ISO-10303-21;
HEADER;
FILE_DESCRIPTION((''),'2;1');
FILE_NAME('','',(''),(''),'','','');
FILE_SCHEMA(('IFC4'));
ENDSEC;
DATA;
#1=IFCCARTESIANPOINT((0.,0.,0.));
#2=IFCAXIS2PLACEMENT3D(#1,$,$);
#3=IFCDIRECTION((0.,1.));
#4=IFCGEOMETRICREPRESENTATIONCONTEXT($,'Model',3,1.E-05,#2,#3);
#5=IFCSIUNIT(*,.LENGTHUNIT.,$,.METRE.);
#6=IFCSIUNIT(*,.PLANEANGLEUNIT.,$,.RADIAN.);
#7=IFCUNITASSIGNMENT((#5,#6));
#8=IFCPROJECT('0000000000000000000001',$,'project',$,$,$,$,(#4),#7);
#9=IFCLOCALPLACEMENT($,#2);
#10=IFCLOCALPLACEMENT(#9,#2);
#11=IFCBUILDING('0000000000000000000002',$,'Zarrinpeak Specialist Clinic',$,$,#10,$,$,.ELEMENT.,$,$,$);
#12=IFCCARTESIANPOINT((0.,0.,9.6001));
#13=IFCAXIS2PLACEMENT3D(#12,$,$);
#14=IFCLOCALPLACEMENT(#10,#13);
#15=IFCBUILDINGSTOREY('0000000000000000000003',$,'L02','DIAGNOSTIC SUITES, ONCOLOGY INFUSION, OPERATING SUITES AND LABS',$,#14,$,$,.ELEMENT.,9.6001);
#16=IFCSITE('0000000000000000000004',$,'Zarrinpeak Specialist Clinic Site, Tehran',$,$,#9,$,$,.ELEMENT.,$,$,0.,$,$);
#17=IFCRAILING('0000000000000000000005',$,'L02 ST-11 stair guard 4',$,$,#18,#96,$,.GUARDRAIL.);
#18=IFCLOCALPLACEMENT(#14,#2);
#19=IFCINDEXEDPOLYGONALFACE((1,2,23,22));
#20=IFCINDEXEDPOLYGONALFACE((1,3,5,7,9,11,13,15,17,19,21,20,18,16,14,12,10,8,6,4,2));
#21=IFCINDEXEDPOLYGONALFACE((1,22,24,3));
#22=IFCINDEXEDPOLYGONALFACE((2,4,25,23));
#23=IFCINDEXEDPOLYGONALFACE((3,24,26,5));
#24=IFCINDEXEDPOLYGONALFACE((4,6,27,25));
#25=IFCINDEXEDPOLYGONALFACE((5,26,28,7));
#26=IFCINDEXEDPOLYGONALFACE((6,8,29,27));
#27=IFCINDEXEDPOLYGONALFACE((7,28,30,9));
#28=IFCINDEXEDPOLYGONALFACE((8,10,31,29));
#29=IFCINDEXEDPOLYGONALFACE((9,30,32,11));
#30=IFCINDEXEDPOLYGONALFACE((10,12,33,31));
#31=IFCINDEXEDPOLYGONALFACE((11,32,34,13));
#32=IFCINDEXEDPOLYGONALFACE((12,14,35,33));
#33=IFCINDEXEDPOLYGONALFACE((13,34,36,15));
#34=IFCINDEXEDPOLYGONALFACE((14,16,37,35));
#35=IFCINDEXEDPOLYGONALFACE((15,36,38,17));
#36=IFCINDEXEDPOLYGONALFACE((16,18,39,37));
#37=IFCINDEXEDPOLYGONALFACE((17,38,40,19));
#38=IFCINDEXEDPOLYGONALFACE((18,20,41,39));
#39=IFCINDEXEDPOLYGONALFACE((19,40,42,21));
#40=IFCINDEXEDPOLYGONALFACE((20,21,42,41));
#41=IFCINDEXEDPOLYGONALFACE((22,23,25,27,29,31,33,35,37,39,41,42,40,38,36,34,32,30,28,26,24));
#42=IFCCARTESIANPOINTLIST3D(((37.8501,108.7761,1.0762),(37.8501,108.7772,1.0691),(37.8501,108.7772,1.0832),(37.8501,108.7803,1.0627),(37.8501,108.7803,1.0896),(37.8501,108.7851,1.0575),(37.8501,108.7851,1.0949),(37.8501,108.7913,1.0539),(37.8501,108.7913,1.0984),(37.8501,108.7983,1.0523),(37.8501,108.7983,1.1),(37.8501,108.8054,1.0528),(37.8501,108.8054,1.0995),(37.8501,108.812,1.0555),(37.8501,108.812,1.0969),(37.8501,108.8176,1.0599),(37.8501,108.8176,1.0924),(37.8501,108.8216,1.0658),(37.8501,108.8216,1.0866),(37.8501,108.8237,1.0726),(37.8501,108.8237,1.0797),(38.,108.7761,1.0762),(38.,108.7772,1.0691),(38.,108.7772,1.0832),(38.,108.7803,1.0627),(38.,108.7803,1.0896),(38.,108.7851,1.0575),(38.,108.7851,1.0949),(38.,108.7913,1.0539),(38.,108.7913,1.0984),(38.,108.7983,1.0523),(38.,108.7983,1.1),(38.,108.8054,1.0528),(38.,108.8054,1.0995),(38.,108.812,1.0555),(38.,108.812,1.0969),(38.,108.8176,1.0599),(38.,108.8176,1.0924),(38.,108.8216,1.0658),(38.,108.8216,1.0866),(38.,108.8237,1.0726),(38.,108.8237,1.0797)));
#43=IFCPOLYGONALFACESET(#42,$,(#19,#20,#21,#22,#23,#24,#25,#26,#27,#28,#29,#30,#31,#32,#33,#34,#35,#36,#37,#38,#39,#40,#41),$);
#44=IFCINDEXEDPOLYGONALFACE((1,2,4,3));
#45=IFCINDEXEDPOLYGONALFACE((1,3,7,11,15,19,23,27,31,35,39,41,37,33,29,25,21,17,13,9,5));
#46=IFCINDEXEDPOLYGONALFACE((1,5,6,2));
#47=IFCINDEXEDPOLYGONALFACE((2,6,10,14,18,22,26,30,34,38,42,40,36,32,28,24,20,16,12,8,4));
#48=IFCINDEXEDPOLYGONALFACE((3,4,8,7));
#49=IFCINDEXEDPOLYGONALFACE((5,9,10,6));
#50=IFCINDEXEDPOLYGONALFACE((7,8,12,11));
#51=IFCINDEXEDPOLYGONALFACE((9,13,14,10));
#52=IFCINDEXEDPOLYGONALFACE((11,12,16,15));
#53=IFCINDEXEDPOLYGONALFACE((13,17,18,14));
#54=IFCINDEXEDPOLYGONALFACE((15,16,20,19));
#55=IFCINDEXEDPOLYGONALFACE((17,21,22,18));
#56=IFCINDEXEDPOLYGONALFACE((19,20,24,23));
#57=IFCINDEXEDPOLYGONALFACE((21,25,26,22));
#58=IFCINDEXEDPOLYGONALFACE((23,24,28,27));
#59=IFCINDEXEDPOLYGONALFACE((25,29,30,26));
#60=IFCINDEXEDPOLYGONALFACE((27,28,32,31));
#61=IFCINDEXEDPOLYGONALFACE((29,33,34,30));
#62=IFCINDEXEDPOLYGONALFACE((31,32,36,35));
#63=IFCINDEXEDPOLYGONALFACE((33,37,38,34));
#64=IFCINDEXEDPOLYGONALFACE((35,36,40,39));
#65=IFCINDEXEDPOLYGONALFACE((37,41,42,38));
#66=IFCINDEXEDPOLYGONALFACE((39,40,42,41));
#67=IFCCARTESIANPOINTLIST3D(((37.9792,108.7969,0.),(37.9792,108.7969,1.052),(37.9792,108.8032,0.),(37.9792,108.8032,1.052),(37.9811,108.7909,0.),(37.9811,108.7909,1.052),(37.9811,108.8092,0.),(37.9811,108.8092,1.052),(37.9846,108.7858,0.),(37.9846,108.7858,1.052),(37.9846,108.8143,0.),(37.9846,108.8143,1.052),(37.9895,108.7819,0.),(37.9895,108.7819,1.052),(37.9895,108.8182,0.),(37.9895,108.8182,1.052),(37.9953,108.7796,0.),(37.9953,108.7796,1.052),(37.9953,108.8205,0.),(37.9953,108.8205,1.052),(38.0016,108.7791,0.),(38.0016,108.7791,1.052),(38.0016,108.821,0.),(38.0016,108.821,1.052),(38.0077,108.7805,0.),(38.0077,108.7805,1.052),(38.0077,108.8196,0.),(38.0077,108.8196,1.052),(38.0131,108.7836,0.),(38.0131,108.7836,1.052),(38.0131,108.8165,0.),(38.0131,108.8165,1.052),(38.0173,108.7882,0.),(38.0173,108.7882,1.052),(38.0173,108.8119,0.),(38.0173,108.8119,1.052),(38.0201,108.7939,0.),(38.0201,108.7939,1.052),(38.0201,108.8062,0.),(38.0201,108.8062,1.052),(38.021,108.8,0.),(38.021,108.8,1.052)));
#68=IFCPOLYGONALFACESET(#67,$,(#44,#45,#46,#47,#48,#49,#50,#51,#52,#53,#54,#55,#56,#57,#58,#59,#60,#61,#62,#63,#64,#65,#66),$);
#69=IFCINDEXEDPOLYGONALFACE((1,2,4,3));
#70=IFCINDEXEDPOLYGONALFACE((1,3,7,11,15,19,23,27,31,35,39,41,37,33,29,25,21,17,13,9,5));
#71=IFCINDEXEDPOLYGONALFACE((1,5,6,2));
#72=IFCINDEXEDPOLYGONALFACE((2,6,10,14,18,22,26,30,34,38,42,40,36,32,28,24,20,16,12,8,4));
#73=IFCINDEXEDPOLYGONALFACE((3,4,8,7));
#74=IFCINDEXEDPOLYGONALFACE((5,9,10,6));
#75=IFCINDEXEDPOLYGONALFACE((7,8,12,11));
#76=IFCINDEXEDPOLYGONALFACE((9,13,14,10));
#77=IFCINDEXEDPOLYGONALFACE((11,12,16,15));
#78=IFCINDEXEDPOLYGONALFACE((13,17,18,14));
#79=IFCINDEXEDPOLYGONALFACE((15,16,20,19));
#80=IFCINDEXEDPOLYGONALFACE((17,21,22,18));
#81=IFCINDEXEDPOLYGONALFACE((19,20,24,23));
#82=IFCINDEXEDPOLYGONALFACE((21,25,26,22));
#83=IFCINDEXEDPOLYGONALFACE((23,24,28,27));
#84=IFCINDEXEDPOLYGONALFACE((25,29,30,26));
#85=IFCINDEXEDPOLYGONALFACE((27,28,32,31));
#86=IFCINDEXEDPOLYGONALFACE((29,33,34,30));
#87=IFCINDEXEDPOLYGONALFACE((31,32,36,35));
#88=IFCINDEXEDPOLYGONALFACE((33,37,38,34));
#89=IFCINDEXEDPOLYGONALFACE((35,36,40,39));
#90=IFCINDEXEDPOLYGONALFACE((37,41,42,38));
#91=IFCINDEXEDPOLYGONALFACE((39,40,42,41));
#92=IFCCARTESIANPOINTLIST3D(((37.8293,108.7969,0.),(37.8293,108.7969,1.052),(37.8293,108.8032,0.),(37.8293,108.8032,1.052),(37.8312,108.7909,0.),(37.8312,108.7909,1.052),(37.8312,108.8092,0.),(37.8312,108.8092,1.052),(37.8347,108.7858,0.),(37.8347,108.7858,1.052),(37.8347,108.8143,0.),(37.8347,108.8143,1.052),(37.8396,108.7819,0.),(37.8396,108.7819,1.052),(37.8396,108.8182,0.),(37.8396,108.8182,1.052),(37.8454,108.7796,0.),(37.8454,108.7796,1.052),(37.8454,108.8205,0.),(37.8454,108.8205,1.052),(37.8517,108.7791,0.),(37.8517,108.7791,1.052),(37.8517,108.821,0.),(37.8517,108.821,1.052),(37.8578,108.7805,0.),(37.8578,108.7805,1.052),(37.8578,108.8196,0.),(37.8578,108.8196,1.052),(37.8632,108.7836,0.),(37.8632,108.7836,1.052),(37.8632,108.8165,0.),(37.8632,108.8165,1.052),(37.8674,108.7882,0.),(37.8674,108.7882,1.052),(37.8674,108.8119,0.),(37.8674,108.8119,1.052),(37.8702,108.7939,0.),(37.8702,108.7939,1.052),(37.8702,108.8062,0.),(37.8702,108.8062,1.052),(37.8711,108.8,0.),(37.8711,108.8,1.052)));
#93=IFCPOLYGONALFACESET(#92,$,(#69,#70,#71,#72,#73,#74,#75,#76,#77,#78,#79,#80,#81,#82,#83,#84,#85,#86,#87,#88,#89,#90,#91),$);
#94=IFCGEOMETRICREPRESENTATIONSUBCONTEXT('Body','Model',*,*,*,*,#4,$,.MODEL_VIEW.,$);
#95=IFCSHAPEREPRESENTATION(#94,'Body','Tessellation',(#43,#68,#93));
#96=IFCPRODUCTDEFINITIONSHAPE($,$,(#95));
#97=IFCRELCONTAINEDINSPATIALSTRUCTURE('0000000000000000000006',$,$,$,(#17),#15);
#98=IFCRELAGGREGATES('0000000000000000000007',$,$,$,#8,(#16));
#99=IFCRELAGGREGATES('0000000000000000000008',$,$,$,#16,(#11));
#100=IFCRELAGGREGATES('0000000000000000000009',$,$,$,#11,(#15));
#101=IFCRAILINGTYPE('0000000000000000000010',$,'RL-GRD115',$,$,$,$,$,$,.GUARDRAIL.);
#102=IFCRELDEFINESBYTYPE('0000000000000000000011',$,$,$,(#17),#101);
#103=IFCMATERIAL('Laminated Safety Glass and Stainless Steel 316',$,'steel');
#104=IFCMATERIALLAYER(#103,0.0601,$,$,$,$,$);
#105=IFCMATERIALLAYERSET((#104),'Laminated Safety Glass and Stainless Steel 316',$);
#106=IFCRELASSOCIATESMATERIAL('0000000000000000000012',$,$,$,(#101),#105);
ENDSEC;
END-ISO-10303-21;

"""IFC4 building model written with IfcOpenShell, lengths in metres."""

from ifc_helpers import new_model, si_unit, direction, frame, origin, origin_2d, place, context, subcontext, project, spatial, circle, extrude, material, layer, layer_set, type_object, element, save


model = new_model("IFC4")

# Units and contexts
model_context = context("Model", 3, precision=1e-05, world=origin(), true_north=direction((0.0, 1.0)))
body_context = subcontext(model_context, "Body", "Model", "MODEL_VIEW")
ifc_project = project(units=[si_unit("LENGTHUNIT", "METRE"), si_unit("PLANEANGLEUNIT", "RADIAN")], contexts=[model_context])

# Site, building, storey
site_placement = place(None, origin())
site = spatial("IfcSite", under=ifc_project, at=site_placement, Name="Zarrinpeak Specialist Clinic Site, Tehran", CompositionType="ELEMENT", RefElevation=0.0)
building_placement = place(site_placement, origin())
building = spatial("IfcBuilding", under=site, at=building_placement, Name="Zarrinpeak Specialist Clinic", CompositionType="ELEMENT")
storey_placement = place(building_placement, frame((0.0, 0.0, 9.6001)))
storey = spatial("IfcBuildingStorey", under=building, at=storey_placement, Name="L02", Description="DIAGNOSTIC SUITES, ONCOLOGY INFUSION, OPERATING SUITES AND LABS", CompositionType="ELEMENT", Elevation=9.6001)

# Railing
ifc_material_1 = material(Name="Laminated Safety Glass and Stainless Steel 316", Category="steel")
ifc_layer_1 = layer(ifc_material_1, 0.0601)
ifc_layer_set_1 = layer_set([ifc_layer_1], Name="Laminated Safety Glass and Stainless Steel 316")
railing_type = type_object("IfcRailingType", Name="RL-GRD115", PredefinedType="GUARDRAIL", material=ifc_layer_set_1)
railing_1_placement = place(storey_placement, frame((38.0, 108.8, 0.0)))
element("IfcRailing", 1, at=railing_1_placement, inside=storey, type_object=railing_type, Name="L02 ST-11 stair guard 4", PredefinedType="GUARDRAIL", context=body_context, shape_type="SweptSolid", body=[
    extrude(circle(Radius=0.0239, at=origin_2d()), frame((0.0, 0.0, 1.0762), z_axis=(-1.0, 0.0, 0.0), x_axis=(0.0, -1.0, 0.0)), (0.0, 0.0, 1.0), 0.1499),
    extrude(circle(Radius=0.021, at=origin_2d()), origin(), (0.0, 0.0, 1.0), 1.052),
    extrude(circle(Radius=0.021, at=origin_2d()), frame((-0.1499, 0.0, 0.0)), (0.0, 0.0, 1.0), 1.052),
])

save(model, "model.ifc")
